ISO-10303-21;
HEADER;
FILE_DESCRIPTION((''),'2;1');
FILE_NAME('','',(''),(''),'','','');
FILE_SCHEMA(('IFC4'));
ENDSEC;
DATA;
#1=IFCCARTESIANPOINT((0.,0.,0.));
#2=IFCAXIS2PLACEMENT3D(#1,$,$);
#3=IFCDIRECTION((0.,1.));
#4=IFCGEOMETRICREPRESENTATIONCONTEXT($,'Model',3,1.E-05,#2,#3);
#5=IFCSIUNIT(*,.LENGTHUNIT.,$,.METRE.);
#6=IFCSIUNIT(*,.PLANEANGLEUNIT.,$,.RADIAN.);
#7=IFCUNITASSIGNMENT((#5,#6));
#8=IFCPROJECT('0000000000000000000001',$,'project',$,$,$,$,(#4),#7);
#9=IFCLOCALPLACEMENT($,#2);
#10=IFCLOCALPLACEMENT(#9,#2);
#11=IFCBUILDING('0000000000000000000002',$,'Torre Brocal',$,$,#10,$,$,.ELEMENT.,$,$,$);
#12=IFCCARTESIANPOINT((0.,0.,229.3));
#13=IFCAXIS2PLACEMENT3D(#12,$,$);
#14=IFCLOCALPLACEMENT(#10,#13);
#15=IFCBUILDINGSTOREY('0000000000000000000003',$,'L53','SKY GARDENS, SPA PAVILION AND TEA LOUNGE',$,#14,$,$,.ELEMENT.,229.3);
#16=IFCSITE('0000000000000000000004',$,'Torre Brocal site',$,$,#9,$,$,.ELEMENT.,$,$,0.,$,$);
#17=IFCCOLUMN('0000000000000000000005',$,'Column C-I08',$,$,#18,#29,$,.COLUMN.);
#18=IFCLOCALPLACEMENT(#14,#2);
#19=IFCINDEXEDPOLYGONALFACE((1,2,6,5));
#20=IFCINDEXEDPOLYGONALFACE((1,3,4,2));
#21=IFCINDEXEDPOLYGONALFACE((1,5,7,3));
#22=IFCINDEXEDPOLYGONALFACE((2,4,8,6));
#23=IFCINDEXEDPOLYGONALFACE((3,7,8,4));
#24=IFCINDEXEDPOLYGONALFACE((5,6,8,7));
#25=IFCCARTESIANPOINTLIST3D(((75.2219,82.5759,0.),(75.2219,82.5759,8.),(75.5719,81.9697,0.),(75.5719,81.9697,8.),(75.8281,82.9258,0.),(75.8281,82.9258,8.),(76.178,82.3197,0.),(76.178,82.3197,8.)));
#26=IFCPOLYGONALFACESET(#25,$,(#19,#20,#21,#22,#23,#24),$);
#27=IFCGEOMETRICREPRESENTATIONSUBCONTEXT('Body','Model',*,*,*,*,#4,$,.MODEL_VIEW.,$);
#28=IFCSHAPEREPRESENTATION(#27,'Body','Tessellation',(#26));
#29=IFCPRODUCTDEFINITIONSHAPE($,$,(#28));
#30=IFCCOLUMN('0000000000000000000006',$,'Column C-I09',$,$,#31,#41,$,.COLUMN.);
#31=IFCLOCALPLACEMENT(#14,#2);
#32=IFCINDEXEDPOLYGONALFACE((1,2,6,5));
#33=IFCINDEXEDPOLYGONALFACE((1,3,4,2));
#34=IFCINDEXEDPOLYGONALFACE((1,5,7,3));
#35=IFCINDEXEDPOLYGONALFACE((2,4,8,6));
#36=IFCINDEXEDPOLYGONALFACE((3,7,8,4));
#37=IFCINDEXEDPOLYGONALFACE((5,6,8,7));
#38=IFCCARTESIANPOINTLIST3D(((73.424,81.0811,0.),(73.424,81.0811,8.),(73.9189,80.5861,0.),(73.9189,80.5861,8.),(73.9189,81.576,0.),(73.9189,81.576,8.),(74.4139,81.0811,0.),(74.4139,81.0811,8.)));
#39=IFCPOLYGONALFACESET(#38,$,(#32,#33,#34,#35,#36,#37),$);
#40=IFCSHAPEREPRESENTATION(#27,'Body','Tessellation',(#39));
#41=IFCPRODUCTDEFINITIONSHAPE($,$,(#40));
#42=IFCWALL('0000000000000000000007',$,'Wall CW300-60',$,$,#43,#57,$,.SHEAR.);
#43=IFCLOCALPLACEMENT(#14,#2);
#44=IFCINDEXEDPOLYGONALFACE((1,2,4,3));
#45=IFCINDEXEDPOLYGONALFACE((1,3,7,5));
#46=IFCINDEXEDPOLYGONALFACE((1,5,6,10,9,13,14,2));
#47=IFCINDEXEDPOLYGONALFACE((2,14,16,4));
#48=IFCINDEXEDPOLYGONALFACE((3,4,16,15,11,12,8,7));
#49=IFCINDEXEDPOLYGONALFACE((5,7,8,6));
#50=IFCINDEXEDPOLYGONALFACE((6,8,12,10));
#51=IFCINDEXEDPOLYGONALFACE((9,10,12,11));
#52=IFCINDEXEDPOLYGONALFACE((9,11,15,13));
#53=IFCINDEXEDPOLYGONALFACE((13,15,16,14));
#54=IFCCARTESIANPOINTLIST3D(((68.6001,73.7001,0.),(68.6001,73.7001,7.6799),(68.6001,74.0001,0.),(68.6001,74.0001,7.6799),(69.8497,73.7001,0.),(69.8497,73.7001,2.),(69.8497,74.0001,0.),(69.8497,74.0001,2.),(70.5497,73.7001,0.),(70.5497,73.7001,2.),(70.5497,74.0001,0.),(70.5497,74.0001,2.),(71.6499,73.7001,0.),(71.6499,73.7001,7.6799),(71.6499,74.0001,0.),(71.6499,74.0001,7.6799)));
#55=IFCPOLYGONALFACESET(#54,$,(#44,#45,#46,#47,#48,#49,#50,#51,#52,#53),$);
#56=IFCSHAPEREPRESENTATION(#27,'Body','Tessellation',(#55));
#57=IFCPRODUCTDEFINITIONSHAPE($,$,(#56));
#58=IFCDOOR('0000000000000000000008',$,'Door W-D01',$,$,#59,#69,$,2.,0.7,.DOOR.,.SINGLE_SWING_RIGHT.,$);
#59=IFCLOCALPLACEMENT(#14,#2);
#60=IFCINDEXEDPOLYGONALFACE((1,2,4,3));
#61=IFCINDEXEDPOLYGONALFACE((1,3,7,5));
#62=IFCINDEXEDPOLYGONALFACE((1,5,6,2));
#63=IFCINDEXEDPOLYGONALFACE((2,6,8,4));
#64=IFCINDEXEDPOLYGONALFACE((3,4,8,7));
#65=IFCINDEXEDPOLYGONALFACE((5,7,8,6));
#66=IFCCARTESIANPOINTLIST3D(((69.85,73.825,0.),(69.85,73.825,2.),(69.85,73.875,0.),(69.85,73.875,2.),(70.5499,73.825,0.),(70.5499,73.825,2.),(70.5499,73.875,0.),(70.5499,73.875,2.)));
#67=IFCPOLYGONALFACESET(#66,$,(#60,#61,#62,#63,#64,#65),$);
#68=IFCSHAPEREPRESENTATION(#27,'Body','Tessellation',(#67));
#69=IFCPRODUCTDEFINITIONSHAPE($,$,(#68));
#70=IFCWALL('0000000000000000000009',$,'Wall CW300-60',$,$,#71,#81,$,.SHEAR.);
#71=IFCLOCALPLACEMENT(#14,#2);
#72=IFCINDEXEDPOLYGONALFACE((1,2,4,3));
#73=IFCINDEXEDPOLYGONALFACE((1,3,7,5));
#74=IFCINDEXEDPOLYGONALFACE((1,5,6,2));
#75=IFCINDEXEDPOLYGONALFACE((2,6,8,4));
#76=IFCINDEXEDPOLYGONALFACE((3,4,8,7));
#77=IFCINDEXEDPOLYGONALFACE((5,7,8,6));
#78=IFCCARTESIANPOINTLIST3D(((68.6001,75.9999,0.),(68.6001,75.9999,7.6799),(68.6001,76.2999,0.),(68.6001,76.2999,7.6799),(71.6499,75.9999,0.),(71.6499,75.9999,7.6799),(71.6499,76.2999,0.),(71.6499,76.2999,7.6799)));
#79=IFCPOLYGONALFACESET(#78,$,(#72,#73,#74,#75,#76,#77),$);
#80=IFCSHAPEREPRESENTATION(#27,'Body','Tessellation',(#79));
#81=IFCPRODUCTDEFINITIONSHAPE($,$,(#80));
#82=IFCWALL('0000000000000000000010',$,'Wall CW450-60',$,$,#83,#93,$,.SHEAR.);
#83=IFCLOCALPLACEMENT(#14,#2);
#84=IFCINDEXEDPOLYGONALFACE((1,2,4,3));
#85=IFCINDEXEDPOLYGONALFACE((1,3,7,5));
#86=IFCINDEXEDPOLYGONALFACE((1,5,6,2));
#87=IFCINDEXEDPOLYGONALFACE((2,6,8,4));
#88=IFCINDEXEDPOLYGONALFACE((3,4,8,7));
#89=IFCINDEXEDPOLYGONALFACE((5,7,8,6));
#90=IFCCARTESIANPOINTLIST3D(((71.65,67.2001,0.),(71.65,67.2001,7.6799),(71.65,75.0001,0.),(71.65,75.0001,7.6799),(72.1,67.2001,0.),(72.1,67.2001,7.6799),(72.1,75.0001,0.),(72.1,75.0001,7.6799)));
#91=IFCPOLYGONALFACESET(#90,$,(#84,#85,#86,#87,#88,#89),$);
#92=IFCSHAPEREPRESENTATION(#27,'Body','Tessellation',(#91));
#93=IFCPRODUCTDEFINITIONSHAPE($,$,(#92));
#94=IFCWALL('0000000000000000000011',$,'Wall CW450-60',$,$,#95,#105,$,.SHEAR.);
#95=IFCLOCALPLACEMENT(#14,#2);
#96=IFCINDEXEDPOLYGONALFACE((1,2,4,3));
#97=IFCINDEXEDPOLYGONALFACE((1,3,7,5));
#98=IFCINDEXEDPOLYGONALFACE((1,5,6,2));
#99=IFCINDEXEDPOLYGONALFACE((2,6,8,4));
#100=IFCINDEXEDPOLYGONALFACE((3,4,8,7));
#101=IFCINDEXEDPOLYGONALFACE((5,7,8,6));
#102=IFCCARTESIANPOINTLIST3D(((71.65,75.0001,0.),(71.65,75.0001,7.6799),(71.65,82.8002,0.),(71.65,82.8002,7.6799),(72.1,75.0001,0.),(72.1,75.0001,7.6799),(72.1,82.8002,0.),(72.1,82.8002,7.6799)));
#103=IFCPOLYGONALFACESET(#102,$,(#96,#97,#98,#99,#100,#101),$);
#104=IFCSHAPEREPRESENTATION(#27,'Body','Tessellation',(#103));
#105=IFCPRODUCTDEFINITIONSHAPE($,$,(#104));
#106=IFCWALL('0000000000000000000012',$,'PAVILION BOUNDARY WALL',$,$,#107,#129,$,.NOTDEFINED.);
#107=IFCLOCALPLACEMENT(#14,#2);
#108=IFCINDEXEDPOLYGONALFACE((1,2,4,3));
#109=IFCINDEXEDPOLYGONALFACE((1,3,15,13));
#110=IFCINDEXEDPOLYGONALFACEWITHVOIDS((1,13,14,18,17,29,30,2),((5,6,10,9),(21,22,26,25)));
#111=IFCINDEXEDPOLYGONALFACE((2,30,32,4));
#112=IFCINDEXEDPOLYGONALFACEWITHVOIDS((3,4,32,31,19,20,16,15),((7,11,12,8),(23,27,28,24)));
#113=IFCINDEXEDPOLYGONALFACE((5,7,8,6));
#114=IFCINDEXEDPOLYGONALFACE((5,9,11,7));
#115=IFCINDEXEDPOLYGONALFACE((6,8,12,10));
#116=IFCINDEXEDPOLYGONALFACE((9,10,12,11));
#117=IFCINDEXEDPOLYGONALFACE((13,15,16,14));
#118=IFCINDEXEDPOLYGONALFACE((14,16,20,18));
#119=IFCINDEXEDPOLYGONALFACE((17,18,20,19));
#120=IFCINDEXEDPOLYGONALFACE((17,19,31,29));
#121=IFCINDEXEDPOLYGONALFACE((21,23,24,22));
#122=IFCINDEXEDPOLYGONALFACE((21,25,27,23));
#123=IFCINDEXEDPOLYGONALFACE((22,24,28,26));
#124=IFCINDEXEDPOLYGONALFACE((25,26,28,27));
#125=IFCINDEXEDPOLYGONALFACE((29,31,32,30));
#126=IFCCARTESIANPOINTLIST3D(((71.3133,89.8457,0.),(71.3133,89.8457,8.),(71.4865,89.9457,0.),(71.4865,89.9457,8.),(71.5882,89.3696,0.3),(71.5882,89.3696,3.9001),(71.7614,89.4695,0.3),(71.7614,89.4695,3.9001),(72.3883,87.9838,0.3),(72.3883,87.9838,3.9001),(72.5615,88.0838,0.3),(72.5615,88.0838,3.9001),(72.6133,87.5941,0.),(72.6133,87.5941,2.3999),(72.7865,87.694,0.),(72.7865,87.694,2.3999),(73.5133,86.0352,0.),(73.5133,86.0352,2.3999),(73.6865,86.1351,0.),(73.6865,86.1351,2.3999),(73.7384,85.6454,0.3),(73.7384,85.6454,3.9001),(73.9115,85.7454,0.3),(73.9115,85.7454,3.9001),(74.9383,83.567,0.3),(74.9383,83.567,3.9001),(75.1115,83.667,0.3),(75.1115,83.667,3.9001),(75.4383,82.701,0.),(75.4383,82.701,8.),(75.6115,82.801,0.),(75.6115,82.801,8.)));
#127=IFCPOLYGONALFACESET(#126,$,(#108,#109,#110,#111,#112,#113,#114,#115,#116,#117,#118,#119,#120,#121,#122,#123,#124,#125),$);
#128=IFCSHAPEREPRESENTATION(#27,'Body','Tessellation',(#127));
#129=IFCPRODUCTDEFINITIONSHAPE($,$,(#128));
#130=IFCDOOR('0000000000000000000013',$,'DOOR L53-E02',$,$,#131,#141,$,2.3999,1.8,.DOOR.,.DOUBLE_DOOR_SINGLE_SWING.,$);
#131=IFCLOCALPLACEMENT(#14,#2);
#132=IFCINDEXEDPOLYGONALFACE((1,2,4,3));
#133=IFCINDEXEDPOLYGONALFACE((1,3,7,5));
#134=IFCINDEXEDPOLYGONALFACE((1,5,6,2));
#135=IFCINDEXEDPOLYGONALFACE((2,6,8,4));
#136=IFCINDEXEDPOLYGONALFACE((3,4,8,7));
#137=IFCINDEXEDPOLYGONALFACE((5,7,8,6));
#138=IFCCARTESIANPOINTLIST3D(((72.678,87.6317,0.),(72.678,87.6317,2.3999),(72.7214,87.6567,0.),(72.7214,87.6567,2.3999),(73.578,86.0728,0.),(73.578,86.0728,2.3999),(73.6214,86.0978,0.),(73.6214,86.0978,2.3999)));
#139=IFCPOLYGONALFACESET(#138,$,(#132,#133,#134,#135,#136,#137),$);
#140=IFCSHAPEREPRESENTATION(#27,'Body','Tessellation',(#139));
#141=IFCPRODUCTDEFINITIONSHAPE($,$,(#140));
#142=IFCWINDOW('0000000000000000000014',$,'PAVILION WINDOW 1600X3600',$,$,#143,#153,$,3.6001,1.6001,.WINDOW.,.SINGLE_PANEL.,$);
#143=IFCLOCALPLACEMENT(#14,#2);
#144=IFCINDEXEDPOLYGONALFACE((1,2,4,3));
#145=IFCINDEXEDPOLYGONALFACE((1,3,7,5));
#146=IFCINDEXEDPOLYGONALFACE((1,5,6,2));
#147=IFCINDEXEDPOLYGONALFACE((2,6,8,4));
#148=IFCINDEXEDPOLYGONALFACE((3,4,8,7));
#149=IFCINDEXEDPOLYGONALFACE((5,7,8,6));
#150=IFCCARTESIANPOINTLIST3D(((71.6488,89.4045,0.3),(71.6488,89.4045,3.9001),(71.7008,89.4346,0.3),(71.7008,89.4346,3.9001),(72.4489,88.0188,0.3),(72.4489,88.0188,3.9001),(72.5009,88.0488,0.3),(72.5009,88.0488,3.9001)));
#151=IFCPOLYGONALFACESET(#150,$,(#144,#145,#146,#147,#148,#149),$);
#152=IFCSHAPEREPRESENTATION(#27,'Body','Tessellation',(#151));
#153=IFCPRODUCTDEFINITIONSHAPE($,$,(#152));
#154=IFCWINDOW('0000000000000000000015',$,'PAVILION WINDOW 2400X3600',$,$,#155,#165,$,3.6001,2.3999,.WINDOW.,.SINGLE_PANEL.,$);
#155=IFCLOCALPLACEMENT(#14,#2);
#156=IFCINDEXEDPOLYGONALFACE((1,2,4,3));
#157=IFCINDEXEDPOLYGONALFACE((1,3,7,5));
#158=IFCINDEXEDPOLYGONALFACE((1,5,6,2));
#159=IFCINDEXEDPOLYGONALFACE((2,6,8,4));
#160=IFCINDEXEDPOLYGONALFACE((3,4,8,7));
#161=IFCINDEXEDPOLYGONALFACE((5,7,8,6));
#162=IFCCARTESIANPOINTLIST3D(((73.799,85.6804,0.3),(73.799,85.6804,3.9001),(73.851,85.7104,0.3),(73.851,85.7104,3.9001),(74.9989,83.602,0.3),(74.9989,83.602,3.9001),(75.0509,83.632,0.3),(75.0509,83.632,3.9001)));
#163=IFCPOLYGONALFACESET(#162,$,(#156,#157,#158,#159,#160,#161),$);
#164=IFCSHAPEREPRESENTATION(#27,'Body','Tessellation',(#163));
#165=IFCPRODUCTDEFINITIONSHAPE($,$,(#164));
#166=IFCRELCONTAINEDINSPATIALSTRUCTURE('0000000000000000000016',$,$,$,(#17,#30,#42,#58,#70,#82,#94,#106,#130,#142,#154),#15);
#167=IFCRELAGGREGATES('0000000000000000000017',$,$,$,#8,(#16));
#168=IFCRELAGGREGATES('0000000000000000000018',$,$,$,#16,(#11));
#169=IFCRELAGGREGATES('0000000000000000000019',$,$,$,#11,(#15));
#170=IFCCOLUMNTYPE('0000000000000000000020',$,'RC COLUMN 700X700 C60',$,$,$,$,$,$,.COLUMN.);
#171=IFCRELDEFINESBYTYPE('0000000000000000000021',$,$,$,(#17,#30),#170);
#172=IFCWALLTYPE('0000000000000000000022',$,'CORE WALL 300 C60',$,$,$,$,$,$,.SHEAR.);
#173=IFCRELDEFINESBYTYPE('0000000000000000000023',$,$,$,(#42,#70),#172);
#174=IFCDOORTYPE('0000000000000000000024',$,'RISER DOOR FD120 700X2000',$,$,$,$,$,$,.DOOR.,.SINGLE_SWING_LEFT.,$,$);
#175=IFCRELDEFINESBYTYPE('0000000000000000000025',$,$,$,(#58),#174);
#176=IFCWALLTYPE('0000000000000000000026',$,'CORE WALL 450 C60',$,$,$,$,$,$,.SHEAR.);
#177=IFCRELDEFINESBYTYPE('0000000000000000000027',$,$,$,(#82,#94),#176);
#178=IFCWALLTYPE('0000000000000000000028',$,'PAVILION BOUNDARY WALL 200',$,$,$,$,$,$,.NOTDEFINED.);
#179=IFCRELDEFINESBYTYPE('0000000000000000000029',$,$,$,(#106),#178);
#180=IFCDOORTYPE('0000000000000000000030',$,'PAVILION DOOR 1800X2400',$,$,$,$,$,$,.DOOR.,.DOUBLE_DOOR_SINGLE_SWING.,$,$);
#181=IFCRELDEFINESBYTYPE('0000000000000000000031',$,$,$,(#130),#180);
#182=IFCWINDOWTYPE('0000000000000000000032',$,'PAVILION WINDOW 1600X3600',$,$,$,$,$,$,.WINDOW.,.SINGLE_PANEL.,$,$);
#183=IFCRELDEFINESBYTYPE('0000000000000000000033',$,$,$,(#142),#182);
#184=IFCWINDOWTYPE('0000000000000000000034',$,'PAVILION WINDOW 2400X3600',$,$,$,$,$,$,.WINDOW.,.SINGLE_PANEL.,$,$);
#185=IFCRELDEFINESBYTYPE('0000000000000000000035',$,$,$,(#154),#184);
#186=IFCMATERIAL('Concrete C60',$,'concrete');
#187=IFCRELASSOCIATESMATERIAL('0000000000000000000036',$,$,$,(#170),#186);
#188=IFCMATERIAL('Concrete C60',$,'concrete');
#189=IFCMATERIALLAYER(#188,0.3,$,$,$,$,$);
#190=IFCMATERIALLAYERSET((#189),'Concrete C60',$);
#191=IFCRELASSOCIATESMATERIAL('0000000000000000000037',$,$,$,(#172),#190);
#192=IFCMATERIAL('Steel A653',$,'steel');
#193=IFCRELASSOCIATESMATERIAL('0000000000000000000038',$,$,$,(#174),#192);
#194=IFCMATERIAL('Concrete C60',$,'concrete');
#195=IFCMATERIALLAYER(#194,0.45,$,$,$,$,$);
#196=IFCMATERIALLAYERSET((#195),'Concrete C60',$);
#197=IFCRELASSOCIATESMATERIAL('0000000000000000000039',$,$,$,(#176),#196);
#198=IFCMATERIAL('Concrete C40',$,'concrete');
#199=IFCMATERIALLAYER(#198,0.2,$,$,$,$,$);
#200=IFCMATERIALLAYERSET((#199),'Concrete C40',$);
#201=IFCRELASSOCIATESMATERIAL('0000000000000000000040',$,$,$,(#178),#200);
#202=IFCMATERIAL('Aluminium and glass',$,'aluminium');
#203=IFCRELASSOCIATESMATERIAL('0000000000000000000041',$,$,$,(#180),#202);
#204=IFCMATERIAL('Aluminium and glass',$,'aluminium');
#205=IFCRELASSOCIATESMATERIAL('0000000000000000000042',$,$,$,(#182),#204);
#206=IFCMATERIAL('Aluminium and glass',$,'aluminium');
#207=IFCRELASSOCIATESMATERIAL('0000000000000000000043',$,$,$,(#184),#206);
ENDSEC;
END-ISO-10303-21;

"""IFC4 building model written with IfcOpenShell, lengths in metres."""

from ifc_helpers import new_model, si_unit, direction, frame, frame_2d, origin, origin_2d, place, context, subcontext, project, spatial, rectangle, extrude, material, layer, layer_set, material_profile, profile_set, type_object, element, fill, save


model = new_model("IFC4")

# Units and contexts
model_context = context("Model", 3, precision=1e-05, world=origin(), true_north=direction((0.0, 1.0)))
body_context = subcontext(model_context, "Body", "Model", "MODEL_VIEW")
ifc_project = project(units=[si_unit("LENGTHUNIT", "METRE"), si_unit("PLANEANGLEUNIT", "RADIAN")], contexts=[model_context])

# Site, building, storey
site_placement = place(None, origin())
site = spatial("IfcSite", under=ifc_project, at=site_placement, Name="Torre Brocal site", CompositionType="ELEMENT", RefElevation=0.0)
building_placement = place(site_placement, origin())
building = spatial("IfcBuilding", under=site, at=building_placement, Name="Torre Brocal", CompositionType="ELEMENT")
storey_placement = place(building_placement, frame((0.0, 0.0, 229.3)))
storey = spatial("IfcBuildingStorey", under=building, at=storey_placement, Name="L53", Description="SKY GARDENS, SPA PAVILION AND TEA LOUNGE", CompositionType="ELEMENT", Elevation=229.3)

# Columns
ifc_material_1 = material(Name="Concrete C60", Category="concrete")
ifc_material_profile = material_profile(ifc_material_1, rectangle(XDim=0.7, YDim=0.7, at=origin_2d()), Name="RC 700X700")
ifc_profile_set = profile_set([ifc_material_profile], Name="Concrete C60")
column_type = type_object("IfcColumnType", Name="RC COLUMN 700X700 C60", PredefinedType="COLUMN", material=ifc_profile_set)
for number, where, z_axis, x_axis, name in (
    (1, (75.7, 82.4478, 0.0), (0.0, 0.0, 1.0), (-0.5, 0.866025, 0.0), "Column C-I08"),
    (2, (73.9189, 81.0811, 0.0), (0.0, 0.0, 1.0), (-0.707107, 0.707107, 0.0), "Column C-I09"),
):
    element("IfcColumn", number, at=place(storey_placement, frame(where, z_axis=z_axis, x_axis=x_axis)), inside=storey, type_object=column_type, Name=name, PredefinedType="COLUMN", context=body_context, shape_type="SweptSolid", body=[
        extrude(rectangle(XDim=0.7, YDim=0.7, at=origin_2d()), origin(), (0.0, 0.0, 1.0), 8.0),
    ])

# Wall, opening, door
ifc_material_2 = material(Name="Concrete C60", Category="concrete")
ifc_layer_1 = layer(ifc_material_2, 0.3)
ifc_layer_set_1 = layer_set([ifc_layer_1], Name="Concrete C60")
wall_type_1 = type_object("IfcWallType", Name="CORE WALL 300 C60", PredefinedType="SHEAR", material=ifc_layer_set_1)
wall_1_placement = place(storey_placement, frame((71.6499, 73.8501, 0.0), z_axis=(0.0, 0.0, 1.0), x_axis=(-1.0, 0.0, 0.0)))
wall_1 = element("IfcWall", 3, at=wall_1_placement, inside=storey, type_object=wall_type_1, Name="Wall CW300-60", PredefinedType="SHEAR", context=body_context, shape_type="SweptSolid", body=[
    extrude(rectangle(XDim=3.0498, YDim=0.3, at=frame_2d((1.5249, 0.0))), origin(), (0.0, 0.0, 1.0), 7.6799),
])
opening_1_placement = place(wall_1_placement, frame((1.1001, 0.0, 0.0)))
opening_1 = element("IfcOpeningElement", 4, at=opening_1_placement, cuts=wall_1, PredefinedType="OPENING", context=body_context, shape_type="SweptSolid", body=[
    extrude(rectangle(XDim=0.7, YDim=2.0, at=frame_2d((0.3501, 1.0))), frame((0.0, 0.1599, 0.0), z_axis=(0.0, -1.0, 0.0), x_axis=(1.0, 0.0, 0.0)), (0.0, 0.0, 1.0), 0.3201),
])
ifc_material_3 = material(Name="Steel A653", Category="steel")
door_type_1 = type_object("IfcDoorType", Name="RISER DOOR FD120 700X2000", OperationType="SINGLE_SWING_LEFT", PredefinedType="DOOR", material=ifc_material_3)
door_1_placement = place(opening_1_placement, frame((0.7, 0.0, 0.0), z_axis=(0.0, 0.0, 1.0), x_axis=(-1.0, 0.0, 0.0)))
door_1 = element("IfcDoor", 5, at=door_1_placement, inside=storey, type_object=door_type_1, Name="Door W-D01", OperationType="SINGLE_SWING_RIGHT", OverallHeight=2.0, OverallWidth=0.7, PredefinedType="DOOR", context=body_context, shape_type="SweptSolid", body=[
    extrude(rectangle(XDim=0.7, YDim=2.0, at=frame_2d((0.3501, 1.0))), frame((0.0, 0.0249, 0.0), z_axis=(0.0, -1.0, 0.0), x_axis=(1.0, 0.0, 0.0)), (0.0, 0.0, 1.0), 0.05),
])
fill(opening_1, door_1)

# Walls
wall_2_placement = place(storey_placement, frame((71.6499, 76.1499, 0.0), z_axis=(0.0, 0.0, 1.0), x_axis=(-1.0, 0.0, 0.0)))
element("IfcWall", 6, at=wall_2_placement, inside=storey, type_object=wall_type_1, Name="Wall CW300-60", PredefinedType="SHEAR", context=body_context, shape_type="SweptSolid", body=[
    extrude(rectangle(XDim=3.0498, YDim=0.3, at=frame_2d((1.5249, 0.0))), origin(), (0.0, 0.0, 1.0), 7.6799),
])
ifc_material_4 = material(Name="Concrete C60", Category="concrete")
ifc_layer_2 = layer(ifc_material_4, 0.45)
ifc_layer_set_2 = layer_set([ifc_layer_2], Name="Concrete C60")
wall_type_2 = type_object("IfcWallType", Name="CORE WALL 450 C60", PredefinedType="SHEAR", material=ifc_layer_set_2)
for number, where, z_axis, x_axis, name in (
    (7, (71.875, 75.0, 0.0), (0.0, 0.0, 1.0), (0.0, -1.0, 0.0), "Wall CW450-60"),
    (8, (71.875, 82.8, 0.0), (0.0, 0.0, 1.0), (0.0, -1.0, 0.0), "Wall CW450-60"),
):
    element("IfcWall", number, at=place(storey_placement, frame(where, z_axis=z_axis, x_axis=x_axis)), inside=storey, type_object=wall_type_2, Name=name, PredefinedType="SHEAR", context=body_context, shape_type="SweptSolid", body=[
        extrude(rectangle(XDim=7.8, YDim=0.45, at=frame_2d((3.8999, 0.0))), origin(), (0.0, 0.0, 1.0), 7.6799),
    ])

# Wall, openings, door, windows
ifc_material_5 = material(Name="Concrete C40", Category="concrete")
ifc_layer_3 = layer(ifc_material_5, 0.2)
ifc_layer_set_3 = layer_set([ifc_layer_3], Name="Concrete C40")
wall_type_3 = type_object("IfcWallType", Name="PAVILION BOUNDARY WALL 200", PredefinedType="NOTDEFINED", material=ifc_layer_set_3)
wall_3_placement = place(storey_placement, frame((75.5249, 82.751, 0.0), z_axis=(0.0, 0.0, 1.0), x_axis=(-0.499997, 0.866027, 0.0)))
wall_3 = element("IfcWall", 9, at=wall_3_placement, inside=storey, type_object=wall_type_3, Name="PAVILION BOUNDARY WALL", PredefinedType="NOTDEFINED", context=body_context, shape_type="SweptSolid", body=[
    extrude(rectangle(XDim=8.25, YDim=0.2, at=frame_2d((4.125, 0.0))), origin(), (0.0, 0.0, 1.0), 8.0),
])
opening_2_placement = place(wall_3_placement, frame((1.0, 0.0, 0.3)))
opening_2 = element("IfcOpeningElement", 10, at=opening_2_placement, cuts=wall_3, PredefinedType="OPENING", context=body_context, shape_type="SweptSolid", body=[
    extrude(rectangle(XDim=2.3999, YDim=3.6001, at=frame_2d((1.2, 1.8))), frame((0.0, 0.1099, 0.0), z_axis=(0.0, -1.0, 0.0), x_axis=(1.0, 0.0, 0.0)), (0.0, 0.0, 1.0), 0.22),
])
opening_3_placement = place(wall_3_placement, frame((3.8501, 0.0, 0.0)))
opening_3 = element("IfcOpeningElement", 11, at=opening_3_placement, cuts=wall_3, PredefinedType="OPENING", context=body_context, shape_type="SweptSolid", body=[
    extrude(rectangle(XDim=1.8, YDim=2.3999, at=frame_2d((0.8999, 1.2))), frame((0.0, 0.1099, 0.0), z_axis=(0.0, -1.0, 0.0), x_axis=(1.0, 0.0, 0.0)), (0.0, 0.0, 1.0), 0.22),
])
opening_4_placement = place(wall_3_placement, frame((6.1001, 0.0, 0.3)))
opening_4 = element("IfcOpeningElement", 12, at=opening_4_placement, cuts=wall_3, PredefinedType="OPENING", context=body_context, shape_type="SweptSolid", body=[
    extrude(rectangle(XDim=1.6001, YDim=3.6001, at=frame_2d((0.8, 1.8))), frame((0.0, 0.1099, 0.0), z_axis=(0.0, -1.0, 0.0), x_axis=(1.0, 0.0, 0.0)), (0.0, 0.0, 1.0), 0.22),
])
ifc_material_6 = material(Name="Aluminium and glass", Category="aluminium")
door_type_2 = type_object("IfcDoorType", Name="PAVILION DOOR 1800X2400", OperationType="DOUBLE_DOOR_SINGLE_SWING", PredefinedType="DOOR", material=ifc_material_6)
door_2_placement = place(opening_3_placement, frame((1.8, 0.0, 0.0), z_axis=(0.0, 0.0, 1.0), x_axis=(-1.0, 0.0, 0.0)))
door_2 = element("IfcDoor", 13, at=door_2_placement, inside=storey, type_object=door_type_2, Name="DOOR L53-E02", OperationType="DOUBLE_DOOR_SINGLE_SWING", OverallHeight=2.3999, OverallWidth=1.8, PredefinedType="DOOR", context=body_context, shape_type="SweptSolid", body=[
    extrude(rectangle(XDim=1.8, YDim=2.3999, at=frame_2d((0.8999, 1.2))), frame((0.0, 0.0249, 0.0), z_axis=(0.0, -1.0, 0.0), x_axis=(1.0, 0.0, 0.0)), (0.0, 0.0, 1.0), 0.05),
])
fill(opening_3, door_2)
ifc_material_7 = material(Name="Aluminium and glass", Category="aluminium")
window_type_1 = type_object("IfcWindowType", Name="PAVILION WINDOW 1600X3600", PartitioningType="SINGLE_PANEL", PredefinedType="WINDOW", material=ifc_material_7)
window_1_placement = place(opening_4_placement, origin())
window_1 = element("IfcWindow", 14, at=window_1_placement, inside=storey, type_object=window_type_1, Name="PAVILION WINDOW 1600X3600", OverallHeight=3.6001, OverallWidth=1.6001, PartitioningType="SINGLE_PANEL", PredefinedType="WINDOW", context=body_context, shape_type="SweptSolid", body=[
    extrude(rectangle(XDim=1.6001, YDim=3.6001, at=frame_2d((0.8, 1.8))), frame((0.0, 0.03, 0.0), z_axis=(0.0, -1.0, 0.0), x_axis=(1.0, 0.0, 0.0)), (0.0, 0.0, 1.0), 0.0601),
])
fill(opening_4, window_1)
ifc_material_8 = material(Name="Aluminium and glass", Category="aluminium")
window_type_2 = type_object("IfcWindowType", Name="PAVILION WINDOW 2400X3600", PartitioningType="SINGLE_PANEL", PredefinedType="WINDOW", material=ifc_material_8)
window_2_placement = place(opening_2_placement, origin())
window_2 = element("IfcWindow", 15, at=window_2_placement, inside=storey, type_object=window_type_2, Name="PAVILION WINDOW 2400X3600", OverallHeight=3.6001, OverallWidth=2.3999, PartitioningType="SINGLE_PANEL", PredefinedType="WINDOW", context=body_context, shape_type="SweptSolid", body=[
    extrude(rectangle(XDim=2.3999, YDim=3.6001, at=frame_2d((1.2, 1.8))), frame((0.0, 0.03, 0.0), z_axis=(0.0, -1.0, 0.0), x_axis=(1.0, 0.0, 0.0)), (0.0, 0.0, 1.0), 0.0601),
])
fill(opening_2, window_2)

save(model, "model.ifc")
